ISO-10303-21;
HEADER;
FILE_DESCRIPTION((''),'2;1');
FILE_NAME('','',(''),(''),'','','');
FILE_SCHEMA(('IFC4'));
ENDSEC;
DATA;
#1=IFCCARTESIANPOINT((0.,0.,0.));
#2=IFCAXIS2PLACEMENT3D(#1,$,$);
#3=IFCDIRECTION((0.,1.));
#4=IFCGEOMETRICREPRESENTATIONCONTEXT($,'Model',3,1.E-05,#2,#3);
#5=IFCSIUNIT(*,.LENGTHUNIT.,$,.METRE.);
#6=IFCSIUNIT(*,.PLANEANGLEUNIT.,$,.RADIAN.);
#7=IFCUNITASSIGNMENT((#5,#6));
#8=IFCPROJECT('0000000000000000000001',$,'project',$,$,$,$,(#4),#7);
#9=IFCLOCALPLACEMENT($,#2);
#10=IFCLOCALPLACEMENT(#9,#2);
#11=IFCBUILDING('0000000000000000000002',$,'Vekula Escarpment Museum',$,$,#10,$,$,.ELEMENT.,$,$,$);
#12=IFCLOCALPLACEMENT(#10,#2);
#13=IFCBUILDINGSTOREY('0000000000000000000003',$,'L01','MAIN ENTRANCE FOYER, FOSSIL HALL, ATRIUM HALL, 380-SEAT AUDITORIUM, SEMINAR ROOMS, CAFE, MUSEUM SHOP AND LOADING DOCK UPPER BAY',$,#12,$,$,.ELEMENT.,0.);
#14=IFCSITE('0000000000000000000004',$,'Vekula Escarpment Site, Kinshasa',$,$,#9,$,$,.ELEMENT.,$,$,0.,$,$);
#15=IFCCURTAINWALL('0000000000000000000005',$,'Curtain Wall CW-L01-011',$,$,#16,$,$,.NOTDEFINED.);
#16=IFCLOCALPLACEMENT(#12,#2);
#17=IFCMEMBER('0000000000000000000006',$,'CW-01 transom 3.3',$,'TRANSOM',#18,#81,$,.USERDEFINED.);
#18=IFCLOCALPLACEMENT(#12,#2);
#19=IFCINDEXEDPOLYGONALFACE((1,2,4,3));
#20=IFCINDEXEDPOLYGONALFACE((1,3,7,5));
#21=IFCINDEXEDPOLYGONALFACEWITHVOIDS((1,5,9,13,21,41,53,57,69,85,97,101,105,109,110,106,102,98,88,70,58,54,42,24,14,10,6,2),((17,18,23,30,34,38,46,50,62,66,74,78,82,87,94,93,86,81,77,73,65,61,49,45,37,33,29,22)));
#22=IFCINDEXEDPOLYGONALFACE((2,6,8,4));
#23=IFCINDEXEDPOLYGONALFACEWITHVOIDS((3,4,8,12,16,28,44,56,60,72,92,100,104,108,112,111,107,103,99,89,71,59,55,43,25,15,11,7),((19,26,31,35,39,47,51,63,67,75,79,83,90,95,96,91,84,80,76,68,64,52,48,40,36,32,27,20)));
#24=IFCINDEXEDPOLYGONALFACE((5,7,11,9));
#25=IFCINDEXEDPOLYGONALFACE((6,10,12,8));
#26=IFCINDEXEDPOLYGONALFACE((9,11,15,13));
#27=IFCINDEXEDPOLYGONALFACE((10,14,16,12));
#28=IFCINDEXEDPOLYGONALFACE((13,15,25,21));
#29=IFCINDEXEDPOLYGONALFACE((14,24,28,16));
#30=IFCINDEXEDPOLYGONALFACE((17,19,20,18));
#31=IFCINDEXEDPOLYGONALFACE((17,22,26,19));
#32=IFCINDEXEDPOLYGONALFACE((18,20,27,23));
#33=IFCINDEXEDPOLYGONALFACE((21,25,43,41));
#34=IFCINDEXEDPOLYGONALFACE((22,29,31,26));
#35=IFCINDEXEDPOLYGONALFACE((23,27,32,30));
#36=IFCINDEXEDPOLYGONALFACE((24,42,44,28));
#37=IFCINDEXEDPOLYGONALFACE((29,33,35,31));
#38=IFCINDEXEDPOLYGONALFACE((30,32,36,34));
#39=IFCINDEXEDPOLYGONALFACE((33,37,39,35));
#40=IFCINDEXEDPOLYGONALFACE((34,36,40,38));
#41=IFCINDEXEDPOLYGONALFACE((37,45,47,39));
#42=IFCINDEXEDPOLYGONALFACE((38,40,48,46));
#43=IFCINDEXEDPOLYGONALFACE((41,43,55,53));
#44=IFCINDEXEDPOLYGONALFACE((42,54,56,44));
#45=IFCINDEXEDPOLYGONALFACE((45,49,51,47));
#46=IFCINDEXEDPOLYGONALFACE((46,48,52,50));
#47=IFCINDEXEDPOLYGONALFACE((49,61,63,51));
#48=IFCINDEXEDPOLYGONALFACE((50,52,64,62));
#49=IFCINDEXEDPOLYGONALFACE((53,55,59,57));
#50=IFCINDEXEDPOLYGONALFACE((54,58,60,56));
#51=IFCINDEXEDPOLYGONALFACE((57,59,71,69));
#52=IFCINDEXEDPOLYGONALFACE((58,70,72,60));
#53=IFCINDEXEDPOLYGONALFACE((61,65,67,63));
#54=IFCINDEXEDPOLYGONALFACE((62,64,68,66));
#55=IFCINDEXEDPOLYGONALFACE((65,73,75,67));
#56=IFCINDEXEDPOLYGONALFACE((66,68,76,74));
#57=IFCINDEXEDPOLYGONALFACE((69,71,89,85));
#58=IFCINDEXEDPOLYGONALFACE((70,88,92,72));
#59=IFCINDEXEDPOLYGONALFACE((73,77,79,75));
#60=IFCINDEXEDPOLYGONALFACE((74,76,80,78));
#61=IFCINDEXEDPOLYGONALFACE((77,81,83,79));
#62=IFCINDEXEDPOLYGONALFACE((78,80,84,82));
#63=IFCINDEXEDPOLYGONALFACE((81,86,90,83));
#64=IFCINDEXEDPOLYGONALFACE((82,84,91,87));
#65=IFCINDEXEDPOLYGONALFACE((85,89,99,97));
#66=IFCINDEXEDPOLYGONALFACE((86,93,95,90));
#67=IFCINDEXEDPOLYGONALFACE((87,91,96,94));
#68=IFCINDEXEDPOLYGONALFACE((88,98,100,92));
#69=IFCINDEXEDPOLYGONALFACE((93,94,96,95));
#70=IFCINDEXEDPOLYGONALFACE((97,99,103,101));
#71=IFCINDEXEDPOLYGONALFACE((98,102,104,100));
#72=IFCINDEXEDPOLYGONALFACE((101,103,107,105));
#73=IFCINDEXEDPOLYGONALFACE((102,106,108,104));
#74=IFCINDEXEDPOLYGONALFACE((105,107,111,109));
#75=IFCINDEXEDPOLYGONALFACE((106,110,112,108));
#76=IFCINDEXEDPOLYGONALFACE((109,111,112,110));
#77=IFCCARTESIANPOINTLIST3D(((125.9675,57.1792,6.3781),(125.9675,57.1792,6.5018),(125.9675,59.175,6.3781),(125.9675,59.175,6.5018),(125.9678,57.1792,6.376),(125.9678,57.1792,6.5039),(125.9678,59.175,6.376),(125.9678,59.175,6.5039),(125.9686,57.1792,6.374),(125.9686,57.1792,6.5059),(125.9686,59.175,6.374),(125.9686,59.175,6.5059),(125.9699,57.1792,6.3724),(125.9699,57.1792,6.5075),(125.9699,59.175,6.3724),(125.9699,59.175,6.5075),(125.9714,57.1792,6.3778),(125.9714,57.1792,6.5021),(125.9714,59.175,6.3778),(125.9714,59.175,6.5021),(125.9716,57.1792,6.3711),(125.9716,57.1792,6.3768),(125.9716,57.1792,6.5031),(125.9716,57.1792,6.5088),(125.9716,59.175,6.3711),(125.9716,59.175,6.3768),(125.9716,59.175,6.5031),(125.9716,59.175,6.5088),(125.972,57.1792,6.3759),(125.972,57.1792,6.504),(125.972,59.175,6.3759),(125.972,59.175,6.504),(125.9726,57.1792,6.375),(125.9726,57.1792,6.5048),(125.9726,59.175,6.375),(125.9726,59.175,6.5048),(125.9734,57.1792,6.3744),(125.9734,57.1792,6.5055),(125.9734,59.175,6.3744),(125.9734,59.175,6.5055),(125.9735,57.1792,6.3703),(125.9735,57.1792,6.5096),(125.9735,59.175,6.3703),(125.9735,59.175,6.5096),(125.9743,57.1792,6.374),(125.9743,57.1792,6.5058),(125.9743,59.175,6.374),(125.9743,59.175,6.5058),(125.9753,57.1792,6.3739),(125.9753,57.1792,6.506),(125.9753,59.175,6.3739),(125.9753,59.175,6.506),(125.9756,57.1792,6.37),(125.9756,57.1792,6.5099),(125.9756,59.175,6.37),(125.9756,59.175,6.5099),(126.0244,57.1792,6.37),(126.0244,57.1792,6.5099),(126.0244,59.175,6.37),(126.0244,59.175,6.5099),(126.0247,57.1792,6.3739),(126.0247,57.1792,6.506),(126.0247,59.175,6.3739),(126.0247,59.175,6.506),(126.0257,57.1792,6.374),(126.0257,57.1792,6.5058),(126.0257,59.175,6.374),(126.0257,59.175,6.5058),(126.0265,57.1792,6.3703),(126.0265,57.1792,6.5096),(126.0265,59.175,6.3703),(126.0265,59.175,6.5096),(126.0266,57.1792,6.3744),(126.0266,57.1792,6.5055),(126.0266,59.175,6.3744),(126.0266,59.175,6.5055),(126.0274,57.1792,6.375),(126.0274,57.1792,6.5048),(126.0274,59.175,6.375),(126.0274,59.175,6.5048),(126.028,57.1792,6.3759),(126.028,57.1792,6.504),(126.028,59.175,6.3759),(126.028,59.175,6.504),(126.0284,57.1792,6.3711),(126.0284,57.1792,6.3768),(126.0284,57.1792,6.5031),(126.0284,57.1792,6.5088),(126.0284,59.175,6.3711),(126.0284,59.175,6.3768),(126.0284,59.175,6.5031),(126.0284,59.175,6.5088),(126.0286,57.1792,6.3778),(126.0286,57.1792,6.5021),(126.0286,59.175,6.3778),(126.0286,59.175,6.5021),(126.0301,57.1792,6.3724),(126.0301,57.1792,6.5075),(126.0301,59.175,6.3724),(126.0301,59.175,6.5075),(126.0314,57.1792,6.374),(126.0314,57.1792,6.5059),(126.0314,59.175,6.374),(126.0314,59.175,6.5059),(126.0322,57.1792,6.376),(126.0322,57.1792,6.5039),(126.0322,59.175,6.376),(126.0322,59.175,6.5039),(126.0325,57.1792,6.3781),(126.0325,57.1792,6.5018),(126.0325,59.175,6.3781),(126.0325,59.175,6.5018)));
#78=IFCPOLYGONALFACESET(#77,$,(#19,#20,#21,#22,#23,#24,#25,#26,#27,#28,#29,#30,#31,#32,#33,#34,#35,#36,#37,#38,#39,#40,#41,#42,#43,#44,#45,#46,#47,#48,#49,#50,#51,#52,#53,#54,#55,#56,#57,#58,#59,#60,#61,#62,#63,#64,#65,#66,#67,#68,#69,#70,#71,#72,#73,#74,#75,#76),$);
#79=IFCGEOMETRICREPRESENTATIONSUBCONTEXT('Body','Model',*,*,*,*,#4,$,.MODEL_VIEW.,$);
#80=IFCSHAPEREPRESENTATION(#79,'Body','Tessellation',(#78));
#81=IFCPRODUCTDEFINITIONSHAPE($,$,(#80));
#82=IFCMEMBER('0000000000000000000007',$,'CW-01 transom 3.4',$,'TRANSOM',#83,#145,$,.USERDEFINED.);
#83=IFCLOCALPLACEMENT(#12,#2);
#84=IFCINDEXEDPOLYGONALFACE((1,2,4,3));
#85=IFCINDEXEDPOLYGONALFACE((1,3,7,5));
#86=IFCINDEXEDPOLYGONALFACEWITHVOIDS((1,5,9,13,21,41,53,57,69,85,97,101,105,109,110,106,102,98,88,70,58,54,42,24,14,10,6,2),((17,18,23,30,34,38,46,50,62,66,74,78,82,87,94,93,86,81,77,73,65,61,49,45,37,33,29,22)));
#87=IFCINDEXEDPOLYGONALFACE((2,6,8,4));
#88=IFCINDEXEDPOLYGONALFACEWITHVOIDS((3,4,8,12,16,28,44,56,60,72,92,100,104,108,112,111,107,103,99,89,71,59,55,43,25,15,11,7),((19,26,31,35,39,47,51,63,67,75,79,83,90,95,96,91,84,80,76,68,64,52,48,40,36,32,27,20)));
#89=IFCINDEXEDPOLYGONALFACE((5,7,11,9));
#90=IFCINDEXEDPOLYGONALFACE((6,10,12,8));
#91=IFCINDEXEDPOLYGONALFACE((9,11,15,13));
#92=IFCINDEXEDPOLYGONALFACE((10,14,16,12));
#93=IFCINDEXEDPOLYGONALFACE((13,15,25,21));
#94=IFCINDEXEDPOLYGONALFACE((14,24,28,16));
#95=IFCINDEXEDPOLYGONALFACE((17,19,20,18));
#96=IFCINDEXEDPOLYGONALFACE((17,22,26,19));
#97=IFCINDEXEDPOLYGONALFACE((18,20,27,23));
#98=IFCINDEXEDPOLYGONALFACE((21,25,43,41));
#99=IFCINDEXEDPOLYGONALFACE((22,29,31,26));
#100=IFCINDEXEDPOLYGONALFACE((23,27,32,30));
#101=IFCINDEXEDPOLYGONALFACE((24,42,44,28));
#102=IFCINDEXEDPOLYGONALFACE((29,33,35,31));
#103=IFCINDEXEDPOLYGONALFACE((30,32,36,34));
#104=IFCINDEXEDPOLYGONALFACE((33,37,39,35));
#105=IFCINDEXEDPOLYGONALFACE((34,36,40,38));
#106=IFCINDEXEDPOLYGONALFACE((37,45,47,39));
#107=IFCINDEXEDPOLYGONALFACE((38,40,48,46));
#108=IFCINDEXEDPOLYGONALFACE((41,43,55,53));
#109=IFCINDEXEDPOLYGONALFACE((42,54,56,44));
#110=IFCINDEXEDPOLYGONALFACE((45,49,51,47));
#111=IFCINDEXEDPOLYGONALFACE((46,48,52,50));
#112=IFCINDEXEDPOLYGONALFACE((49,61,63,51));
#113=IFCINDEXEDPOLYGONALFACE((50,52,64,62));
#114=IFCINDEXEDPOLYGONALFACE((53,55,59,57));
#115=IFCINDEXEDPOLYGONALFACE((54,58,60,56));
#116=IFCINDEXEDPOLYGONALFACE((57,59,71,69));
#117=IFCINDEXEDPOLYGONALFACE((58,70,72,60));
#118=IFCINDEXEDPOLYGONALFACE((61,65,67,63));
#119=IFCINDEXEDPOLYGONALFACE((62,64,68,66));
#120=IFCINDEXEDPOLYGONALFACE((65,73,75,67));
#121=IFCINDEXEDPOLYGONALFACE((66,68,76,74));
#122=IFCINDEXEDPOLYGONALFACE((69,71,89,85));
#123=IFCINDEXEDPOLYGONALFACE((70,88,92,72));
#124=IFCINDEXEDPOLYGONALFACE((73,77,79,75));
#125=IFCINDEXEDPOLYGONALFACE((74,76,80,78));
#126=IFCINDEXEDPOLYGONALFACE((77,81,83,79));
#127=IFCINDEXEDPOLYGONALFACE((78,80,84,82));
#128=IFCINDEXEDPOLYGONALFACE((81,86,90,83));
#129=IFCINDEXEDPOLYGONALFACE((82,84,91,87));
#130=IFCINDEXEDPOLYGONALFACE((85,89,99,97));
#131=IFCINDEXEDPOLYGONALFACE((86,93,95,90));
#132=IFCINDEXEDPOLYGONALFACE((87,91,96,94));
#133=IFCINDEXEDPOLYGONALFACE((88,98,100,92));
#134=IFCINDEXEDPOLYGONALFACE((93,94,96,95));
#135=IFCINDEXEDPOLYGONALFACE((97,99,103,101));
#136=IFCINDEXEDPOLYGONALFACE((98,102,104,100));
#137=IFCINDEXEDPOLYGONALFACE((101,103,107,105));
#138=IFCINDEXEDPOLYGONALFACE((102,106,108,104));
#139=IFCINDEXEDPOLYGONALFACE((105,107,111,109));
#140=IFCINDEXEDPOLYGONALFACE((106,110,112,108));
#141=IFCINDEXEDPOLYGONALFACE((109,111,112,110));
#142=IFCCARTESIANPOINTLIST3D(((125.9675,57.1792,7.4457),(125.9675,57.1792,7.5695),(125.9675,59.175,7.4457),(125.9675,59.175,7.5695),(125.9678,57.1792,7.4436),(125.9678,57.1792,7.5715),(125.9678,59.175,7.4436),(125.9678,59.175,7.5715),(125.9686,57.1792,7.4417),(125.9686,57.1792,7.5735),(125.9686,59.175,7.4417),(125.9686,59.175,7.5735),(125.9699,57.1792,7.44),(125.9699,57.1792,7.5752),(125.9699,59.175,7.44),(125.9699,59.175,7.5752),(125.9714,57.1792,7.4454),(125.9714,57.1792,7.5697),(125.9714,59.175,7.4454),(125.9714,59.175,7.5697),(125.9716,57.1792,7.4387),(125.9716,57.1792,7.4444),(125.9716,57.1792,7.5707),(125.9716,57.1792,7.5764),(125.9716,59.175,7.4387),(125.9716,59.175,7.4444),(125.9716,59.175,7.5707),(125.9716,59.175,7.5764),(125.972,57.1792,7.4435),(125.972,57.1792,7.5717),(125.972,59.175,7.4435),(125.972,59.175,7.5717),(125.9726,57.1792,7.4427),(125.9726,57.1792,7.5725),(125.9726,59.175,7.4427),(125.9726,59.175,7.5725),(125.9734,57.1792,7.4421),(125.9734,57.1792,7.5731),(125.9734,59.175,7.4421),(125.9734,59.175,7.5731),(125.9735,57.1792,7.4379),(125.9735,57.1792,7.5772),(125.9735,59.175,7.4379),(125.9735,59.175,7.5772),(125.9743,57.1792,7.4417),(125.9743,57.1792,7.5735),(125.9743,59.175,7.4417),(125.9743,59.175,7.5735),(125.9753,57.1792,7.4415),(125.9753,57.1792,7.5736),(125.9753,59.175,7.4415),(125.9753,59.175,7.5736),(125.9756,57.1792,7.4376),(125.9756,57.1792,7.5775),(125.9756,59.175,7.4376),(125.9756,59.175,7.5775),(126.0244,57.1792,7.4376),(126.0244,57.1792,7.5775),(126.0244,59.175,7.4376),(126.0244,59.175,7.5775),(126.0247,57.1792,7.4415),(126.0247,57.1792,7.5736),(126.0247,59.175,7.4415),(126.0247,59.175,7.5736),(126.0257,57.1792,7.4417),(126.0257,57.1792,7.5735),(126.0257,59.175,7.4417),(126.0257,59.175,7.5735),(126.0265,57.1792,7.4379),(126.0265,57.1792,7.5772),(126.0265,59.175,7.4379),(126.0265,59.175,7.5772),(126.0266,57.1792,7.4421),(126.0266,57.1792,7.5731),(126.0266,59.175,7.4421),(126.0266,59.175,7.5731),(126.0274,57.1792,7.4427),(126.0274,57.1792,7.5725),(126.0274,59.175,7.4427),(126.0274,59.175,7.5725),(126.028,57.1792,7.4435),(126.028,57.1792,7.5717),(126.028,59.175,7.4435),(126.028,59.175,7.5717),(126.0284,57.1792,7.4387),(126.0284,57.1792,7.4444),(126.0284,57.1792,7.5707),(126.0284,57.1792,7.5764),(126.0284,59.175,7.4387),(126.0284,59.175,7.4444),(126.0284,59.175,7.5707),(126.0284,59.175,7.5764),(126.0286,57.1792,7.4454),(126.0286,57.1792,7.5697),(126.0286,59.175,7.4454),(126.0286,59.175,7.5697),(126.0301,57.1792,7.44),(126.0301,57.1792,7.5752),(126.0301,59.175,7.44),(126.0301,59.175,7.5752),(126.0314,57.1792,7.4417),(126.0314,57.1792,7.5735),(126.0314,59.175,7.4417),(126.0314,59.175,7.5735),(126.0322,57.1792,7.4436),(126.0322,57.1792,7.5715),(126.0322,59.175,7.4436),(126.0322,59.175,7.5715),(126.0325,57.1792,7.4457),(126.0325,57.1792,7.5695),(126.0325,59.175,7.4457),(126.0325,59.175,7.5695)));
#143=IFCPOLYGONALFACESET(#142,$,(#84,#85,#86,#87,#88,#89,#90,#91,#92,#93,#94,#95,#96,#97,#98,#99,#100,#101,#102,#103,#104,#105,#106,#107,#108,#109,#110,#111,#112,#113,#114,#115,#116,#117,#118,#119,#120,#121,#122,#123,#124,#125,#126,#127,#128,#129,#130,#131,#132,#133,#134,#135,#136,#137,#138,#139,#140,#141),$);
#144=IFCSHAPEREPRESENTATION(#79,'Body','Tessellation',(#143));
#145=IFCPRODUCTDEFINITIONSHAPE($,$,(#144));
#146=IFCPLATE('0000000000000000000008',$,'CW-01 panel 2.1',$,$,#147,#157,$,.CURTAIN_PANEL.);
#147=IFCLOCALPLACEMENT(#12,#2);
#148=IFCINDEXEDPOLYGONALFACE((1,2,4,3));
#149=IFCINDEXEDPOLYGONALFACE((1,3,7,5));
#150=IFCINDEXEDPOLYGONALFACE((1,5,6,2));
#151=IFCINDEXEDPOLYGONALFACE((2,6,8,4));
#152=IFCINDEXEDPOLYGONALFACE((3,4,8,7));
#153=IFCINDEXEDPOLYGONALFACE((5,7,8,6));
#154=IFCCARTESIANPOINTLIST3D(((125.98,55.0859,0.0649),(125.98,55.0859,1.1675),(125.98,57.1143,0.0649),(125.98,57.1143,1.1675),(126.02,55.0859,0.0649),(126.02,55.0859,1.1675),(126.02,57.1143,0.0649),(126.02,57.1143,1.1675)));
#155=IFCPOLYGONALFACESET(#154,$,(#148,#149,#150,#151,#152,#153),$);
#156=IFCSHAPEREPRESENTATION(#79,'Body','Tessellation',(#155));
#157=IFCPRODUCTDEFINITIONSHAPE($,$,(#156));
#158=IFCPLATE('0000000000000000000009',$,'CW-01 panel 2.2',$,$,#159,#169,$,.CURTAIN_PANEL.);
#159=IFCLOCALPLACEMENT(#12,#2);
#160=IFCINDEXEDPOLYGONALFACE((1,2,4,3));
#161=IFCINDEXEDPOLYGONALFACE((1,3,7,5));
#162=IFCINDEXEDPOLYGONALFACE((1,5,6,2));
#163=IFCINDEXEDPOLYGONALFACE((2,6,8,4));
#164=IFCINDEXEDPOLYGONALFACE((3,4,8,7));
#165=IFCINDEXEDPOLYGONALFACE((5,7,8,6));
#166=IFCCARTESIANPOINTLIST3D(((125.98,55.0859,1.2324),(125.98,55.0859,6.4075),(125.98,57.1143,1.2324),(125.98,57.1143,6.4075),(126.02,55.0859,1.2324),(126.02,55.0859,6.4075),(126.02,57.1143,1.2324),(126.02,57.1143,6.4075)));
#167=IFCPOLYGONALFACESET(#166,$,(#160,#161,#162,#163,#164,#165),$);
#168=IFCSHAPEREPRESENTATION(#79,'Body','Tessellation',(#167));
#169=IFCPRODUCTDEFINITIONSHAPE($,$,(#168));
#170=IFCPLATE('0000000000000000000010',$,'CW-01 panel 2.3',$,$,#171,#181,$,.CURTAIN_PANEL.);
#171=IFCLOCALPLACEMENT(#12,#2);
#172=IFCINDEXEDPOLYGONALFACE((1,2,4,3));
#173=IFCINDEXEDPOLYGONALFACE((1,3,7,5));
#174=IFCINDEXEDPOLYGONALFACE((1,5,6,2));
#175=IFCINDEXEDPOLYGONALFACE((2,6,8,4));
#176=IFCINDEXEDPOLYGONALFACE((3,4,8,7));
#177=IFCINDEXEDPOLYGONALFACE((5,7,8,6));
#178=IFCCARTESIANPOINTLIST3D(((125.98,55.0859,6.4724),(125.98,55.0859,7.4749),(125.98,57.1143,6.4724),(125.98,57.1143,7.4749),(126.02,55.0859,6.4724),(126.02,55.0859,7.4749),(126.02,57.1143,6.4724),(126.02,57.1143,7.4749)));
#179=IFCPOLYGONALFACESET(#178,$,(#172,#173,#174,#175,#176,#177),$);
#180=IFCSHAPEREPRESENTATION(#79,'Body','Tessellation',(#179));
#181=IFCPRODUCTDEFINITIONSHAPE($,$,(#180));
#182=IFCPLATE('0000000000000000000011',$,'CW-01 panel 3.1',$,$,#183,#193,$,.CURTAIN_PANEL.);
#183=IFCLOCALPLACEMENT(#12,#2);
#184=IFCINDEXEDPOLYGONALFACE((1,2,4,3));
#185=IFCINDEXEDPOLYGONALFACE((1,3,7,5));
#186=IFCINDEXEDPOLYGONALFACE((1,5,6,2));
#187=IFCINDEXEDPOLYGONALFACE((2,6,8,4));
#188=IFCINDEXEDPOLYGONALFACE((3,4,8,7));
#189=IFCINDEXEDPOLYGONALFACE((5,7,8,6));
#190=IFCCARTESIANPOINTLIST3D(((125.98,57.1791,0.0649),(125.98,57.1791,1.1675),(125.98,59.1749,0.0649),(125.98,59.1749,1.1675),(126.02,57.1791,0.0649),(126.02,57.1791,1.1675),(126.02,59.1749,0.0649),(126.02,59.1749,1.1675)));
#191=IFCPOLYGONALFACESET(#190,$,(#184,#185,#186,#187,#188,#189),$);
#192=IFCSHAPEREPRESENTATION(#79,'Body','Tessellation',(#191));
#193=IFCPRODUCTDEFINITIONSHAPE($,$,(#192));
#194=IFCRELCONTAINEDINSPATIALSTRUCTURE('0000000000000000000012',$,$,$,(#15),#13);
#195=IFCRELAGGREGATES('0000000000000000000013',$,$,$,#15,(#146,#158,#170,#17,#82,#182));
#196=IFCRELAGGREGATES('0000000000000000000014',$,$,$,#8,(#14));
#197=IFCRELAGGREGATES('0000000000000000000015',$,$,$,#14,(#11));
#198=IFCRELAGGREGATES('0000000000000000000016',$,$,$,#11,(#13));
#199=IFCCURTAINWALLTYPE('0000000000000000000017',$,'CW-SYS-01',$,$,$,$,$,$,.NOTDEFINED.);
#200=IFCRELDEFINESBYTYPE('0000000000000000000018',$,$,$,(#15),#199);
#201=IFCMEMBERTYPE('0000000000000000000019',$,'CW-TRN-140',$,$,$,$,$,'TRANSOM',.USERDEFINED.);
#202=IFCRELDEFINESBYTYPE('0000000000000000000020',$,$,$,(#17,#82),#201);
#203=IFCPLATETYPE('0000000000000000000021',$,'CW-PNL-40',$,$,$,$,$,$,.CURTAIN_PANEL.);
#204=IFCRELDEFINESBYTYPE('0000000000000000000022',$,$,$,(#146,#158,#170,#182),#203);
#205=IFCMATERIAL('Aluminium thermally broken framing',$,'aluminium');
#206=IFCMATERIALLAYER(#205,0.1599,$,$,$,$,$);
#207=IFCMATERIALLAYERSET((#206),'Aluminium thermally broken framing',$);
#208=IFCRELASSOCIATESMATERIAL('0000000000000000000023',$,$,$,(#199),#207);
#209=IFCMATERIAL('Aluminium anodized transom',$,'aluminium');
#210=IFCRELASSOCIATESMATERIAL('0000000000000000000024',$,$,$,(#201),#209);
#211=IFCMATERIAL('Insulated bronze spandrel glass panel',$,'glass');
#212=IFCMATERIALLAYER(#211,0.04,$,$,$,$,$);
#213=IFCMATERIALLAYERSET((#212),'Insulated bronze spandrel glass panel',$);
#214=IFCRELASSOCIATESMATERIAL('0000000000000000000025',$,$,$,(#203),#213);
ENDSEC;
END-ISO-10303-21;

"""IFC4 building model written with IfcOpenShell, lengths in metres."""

from ifc_helpers import new_model, si_unit, direction, frame, origin, origin_2d, place, context, subcontext, project, spatial, rectangle, hollow_rectangle, extrude, material, layer, layer_set, material_profile, profile_set, type_object, element, aggregate, save


model = new_model("IFC4")

# Units and contexts
model_context = context("Model", 3, precision=1e-05, world=origin(), true_north=direction((0.0, 1.0)))
body_context = subcontext(model_context, "Body", "Model", "MODEL_VIEW")
ifc_project = project(units=[si_unit("LENGTHUNIT", "METRE"), si_unit("PLANEANGLEUNIT", "RADIAN")], contexts=[model_context])

# Site, building, storey
site_placement = place(None, origin())
site = spatial("IfcSite", under=ifc_project, at=site_placement, Name="Vekula Escarpment Site, Kinshasa", CompositionType="ELEMENT", RefElevation=0.0)
building_placement = place(site_placement, origin())
building = spatial("IfcBuilding", under=site, at=building_placement, Name="Vekula Escarpment Museum", CompositionType="ELEMENT")
storey_placement = place(building_placement, origin())
storey = spatial("IfcBuildingStorey", under=building, at=storey_placement, Name="L01", Description="MAIN ENTRANCE FOYER, FOSSIL HALL, ATRIUM HALL, 380-SEAT AUDITORIUM, SEMINAR ROOMS, CAFE, MUSEUM SHOP AND LOADING DOCK UPPER BAY", CompositionType="ELEMENT", Elevation=0.0)

# Curtain wall, members, plates
ifc_material_1 = material(Name="Aluminium thermally broken framing", Category="aluminium")
ifc_layer_1 = layer(ifc_material_1, 0.1599)
ifc_layer_set_1 = layer_set([ifc_layer_1], Name="Aluminium thermally broken framing")
curtain_wall_type = type_object("IfcCurtainWallType", Name="CW-SYS-01", PredefinedType="NOTDEFINED", material=ifc_layer_set_1)
curtain_wall_placement = place(storey_placement, origin())
curtain_wall = element("IfcCurtainWall", 1, at=curtain_wall_placement, inside=storey, type_object=curtain_wall_type, Name="Curtain Wall CW-L01-011", PredefinedType="NOTDEFINED")
ifc_material_2 = material(Name="Aluminium anodized transom", Category="aluminium")
ifc_material_profile_1 = material_profile(ifc_material_2, hollow_rectangle(XDim=0.0649, YDim=0.1399, WallThickness=0.0039, InnerFilletRadius=0.0039, OuterFilletRadius=0.0081, at=origin_2d()), Name="ALU 140x65x4")
ifc_profile_set_1 = profile_set([ifc_material_profile_1], Name="Aluminium anodized transom")
member_type_1 = type_object("IfcMemberType", Name="CW-TRN-140", ElementType="TRANSOM", PredefinedType="USERDEFINED", material=ifc_profile_set_1)
member_1_placement = place(storey_placement, frame((126.0, 57.1792, 6.4399), z_axis=(0.0, 1.0, 0.0), x_axis=(-1.0, 0.0, 0.0)))
member_1 = element("IfcMember", 2, at=member_1_placement, type_object=member_type_1, Name="CW-01 transom 3.3", ObjectType="TRANSOM", PredefinedType="USERDEFINED", context=body_context, shape_type="SweptSolid", body=[
    extrude(hollow_rectangle(XDim=0.0649, YDim=0.1399, WallThickness=0.0039, InnerFilletRadius=0.0039, OuterFilletRadius=0.0081, at=origin_2d()), origin(), (0.0, 0.0, 1.0), 1.9958),
])
member_2_placement = place(storey_placement, frame((126.0, 57.1792, 7.5076), z_axis=(0.0, 1.0, 0.0), x_axis=(-1.0, 0.0, 0.0)))
member_2 = element("IfcMember", 3, at=member_2_placement, type_object=member_type_1, Name="CW-01 transom 3.4", ObjectType="TRANSOM", PredefinedType="USERDEFINED", context=body_context, shape_type="SweptSolid", body=[
    extrude(hollow_rectangle(XDim=0.0649, YDim=0.1399, WallThickness=0.0039, InnerFilletRadius=0.0039, OuterFilletRadius=0.0081, at=origin_2d()), origin(), (0.0, 0.0, 1.0), 1.9958),
])
ifc_material_3 = material(Name="Insulated bronze spandrel glass panel", Category="glass")
ifc_layer_2 = layer(ifc_material_3, 0.04)
ifc_layer_set_2 = layer_set([ifc_layer_2], Name="Insulated bronze spandrel glass panel")
plate_type = type_object("IfcPlateType", Name="CW-PNL-40", PredefinedType="CURTAIN_PANEL", material=ifc_layer_set_2)
plate_1_placement = place(storey_placement, frame((126.0, 56.1001, 0.0649), z_axis=(0.0, 0.0, 1.0), x_axis=(0.0, 1.0, 0.0)))
plate_1 = element("IfcPlate", 4, at=plate_1_placement, type_object=plate_type, Name="CW-01 panel 2.1", PredefinedType="CURTAIN_PANEL", context=body_context, shape_type="SweptSolid", body=[
    extrude(rectangle(XDim=2.0283, YDim=0.04, at=origin_2d()), origin(), (0.0, 0.0, 1.0), 1.1025),
])
plate_2_placement = place(storey_placement, frame((126.0, 56.1001, 1.2324), z_axis=(0.0, 0.0, 1.0), x_axis=(0.0, 1.0, 0.0)))
plate_2 = element("IfcPlate", 5, at=plate_2_placement, type_object=plate_type, Name="CW-01 panel 2.2", PredefinedType="CURTAIN_PANEL", context=body_context, shape_type="SweptSolid", body=[
    extrude(rectangle(XDim=2.0283, YDim=0.04, at=origin_2d()), origin(), (0.0, 0.0, 1.0), 5.175),
])
plate_3_placement = place(storey_placement, frame((126.0, 56.1001, 6.4724), z_axis=(0.0, 0.0, 1.0), x_axis=(0.0, 1.0, 0.0)))
plate_3 = element("IfcPlate", 6, at=plate_3_placement, type_object=plate_type, Name="CW-01 panel 2.3", PredefinedType="CURTAIN_PANEL", context=body_context, shape_type="SweptSolid", body=[
    extrude(rectangle(XDim=2.0283, YDim=0.04, at=origin_2d()), origin(), (0.0, 0.0, 1.0), 1.0024),
])
plate_4_placement = place(storey_placement, frame((126.0, 58.177, 0.0649), z_axis=(0.0, 0.0, 1.0), x_axis=(0.0, 1.0, 0.0)))
plate_4 = element("IfcPlate", 7, at=plate_4_placement, type_object=plate_type, Name="CW-01 panel 3.1", PredefinedType="CURTAIN_PANEL", context=body_context, shape_type="SweptSolid", body=[
    extrude(rectangle(XDim=1.9958, YDim=0.04, at=origin_2d()), origin(), (0.0, 0.0, 1.0), 1.1025),
])
aggregate(curtain_wall, [plate_1, plate_2, plate_3, member_1, member_2, plate_4])

save(model, "model.ifc")
